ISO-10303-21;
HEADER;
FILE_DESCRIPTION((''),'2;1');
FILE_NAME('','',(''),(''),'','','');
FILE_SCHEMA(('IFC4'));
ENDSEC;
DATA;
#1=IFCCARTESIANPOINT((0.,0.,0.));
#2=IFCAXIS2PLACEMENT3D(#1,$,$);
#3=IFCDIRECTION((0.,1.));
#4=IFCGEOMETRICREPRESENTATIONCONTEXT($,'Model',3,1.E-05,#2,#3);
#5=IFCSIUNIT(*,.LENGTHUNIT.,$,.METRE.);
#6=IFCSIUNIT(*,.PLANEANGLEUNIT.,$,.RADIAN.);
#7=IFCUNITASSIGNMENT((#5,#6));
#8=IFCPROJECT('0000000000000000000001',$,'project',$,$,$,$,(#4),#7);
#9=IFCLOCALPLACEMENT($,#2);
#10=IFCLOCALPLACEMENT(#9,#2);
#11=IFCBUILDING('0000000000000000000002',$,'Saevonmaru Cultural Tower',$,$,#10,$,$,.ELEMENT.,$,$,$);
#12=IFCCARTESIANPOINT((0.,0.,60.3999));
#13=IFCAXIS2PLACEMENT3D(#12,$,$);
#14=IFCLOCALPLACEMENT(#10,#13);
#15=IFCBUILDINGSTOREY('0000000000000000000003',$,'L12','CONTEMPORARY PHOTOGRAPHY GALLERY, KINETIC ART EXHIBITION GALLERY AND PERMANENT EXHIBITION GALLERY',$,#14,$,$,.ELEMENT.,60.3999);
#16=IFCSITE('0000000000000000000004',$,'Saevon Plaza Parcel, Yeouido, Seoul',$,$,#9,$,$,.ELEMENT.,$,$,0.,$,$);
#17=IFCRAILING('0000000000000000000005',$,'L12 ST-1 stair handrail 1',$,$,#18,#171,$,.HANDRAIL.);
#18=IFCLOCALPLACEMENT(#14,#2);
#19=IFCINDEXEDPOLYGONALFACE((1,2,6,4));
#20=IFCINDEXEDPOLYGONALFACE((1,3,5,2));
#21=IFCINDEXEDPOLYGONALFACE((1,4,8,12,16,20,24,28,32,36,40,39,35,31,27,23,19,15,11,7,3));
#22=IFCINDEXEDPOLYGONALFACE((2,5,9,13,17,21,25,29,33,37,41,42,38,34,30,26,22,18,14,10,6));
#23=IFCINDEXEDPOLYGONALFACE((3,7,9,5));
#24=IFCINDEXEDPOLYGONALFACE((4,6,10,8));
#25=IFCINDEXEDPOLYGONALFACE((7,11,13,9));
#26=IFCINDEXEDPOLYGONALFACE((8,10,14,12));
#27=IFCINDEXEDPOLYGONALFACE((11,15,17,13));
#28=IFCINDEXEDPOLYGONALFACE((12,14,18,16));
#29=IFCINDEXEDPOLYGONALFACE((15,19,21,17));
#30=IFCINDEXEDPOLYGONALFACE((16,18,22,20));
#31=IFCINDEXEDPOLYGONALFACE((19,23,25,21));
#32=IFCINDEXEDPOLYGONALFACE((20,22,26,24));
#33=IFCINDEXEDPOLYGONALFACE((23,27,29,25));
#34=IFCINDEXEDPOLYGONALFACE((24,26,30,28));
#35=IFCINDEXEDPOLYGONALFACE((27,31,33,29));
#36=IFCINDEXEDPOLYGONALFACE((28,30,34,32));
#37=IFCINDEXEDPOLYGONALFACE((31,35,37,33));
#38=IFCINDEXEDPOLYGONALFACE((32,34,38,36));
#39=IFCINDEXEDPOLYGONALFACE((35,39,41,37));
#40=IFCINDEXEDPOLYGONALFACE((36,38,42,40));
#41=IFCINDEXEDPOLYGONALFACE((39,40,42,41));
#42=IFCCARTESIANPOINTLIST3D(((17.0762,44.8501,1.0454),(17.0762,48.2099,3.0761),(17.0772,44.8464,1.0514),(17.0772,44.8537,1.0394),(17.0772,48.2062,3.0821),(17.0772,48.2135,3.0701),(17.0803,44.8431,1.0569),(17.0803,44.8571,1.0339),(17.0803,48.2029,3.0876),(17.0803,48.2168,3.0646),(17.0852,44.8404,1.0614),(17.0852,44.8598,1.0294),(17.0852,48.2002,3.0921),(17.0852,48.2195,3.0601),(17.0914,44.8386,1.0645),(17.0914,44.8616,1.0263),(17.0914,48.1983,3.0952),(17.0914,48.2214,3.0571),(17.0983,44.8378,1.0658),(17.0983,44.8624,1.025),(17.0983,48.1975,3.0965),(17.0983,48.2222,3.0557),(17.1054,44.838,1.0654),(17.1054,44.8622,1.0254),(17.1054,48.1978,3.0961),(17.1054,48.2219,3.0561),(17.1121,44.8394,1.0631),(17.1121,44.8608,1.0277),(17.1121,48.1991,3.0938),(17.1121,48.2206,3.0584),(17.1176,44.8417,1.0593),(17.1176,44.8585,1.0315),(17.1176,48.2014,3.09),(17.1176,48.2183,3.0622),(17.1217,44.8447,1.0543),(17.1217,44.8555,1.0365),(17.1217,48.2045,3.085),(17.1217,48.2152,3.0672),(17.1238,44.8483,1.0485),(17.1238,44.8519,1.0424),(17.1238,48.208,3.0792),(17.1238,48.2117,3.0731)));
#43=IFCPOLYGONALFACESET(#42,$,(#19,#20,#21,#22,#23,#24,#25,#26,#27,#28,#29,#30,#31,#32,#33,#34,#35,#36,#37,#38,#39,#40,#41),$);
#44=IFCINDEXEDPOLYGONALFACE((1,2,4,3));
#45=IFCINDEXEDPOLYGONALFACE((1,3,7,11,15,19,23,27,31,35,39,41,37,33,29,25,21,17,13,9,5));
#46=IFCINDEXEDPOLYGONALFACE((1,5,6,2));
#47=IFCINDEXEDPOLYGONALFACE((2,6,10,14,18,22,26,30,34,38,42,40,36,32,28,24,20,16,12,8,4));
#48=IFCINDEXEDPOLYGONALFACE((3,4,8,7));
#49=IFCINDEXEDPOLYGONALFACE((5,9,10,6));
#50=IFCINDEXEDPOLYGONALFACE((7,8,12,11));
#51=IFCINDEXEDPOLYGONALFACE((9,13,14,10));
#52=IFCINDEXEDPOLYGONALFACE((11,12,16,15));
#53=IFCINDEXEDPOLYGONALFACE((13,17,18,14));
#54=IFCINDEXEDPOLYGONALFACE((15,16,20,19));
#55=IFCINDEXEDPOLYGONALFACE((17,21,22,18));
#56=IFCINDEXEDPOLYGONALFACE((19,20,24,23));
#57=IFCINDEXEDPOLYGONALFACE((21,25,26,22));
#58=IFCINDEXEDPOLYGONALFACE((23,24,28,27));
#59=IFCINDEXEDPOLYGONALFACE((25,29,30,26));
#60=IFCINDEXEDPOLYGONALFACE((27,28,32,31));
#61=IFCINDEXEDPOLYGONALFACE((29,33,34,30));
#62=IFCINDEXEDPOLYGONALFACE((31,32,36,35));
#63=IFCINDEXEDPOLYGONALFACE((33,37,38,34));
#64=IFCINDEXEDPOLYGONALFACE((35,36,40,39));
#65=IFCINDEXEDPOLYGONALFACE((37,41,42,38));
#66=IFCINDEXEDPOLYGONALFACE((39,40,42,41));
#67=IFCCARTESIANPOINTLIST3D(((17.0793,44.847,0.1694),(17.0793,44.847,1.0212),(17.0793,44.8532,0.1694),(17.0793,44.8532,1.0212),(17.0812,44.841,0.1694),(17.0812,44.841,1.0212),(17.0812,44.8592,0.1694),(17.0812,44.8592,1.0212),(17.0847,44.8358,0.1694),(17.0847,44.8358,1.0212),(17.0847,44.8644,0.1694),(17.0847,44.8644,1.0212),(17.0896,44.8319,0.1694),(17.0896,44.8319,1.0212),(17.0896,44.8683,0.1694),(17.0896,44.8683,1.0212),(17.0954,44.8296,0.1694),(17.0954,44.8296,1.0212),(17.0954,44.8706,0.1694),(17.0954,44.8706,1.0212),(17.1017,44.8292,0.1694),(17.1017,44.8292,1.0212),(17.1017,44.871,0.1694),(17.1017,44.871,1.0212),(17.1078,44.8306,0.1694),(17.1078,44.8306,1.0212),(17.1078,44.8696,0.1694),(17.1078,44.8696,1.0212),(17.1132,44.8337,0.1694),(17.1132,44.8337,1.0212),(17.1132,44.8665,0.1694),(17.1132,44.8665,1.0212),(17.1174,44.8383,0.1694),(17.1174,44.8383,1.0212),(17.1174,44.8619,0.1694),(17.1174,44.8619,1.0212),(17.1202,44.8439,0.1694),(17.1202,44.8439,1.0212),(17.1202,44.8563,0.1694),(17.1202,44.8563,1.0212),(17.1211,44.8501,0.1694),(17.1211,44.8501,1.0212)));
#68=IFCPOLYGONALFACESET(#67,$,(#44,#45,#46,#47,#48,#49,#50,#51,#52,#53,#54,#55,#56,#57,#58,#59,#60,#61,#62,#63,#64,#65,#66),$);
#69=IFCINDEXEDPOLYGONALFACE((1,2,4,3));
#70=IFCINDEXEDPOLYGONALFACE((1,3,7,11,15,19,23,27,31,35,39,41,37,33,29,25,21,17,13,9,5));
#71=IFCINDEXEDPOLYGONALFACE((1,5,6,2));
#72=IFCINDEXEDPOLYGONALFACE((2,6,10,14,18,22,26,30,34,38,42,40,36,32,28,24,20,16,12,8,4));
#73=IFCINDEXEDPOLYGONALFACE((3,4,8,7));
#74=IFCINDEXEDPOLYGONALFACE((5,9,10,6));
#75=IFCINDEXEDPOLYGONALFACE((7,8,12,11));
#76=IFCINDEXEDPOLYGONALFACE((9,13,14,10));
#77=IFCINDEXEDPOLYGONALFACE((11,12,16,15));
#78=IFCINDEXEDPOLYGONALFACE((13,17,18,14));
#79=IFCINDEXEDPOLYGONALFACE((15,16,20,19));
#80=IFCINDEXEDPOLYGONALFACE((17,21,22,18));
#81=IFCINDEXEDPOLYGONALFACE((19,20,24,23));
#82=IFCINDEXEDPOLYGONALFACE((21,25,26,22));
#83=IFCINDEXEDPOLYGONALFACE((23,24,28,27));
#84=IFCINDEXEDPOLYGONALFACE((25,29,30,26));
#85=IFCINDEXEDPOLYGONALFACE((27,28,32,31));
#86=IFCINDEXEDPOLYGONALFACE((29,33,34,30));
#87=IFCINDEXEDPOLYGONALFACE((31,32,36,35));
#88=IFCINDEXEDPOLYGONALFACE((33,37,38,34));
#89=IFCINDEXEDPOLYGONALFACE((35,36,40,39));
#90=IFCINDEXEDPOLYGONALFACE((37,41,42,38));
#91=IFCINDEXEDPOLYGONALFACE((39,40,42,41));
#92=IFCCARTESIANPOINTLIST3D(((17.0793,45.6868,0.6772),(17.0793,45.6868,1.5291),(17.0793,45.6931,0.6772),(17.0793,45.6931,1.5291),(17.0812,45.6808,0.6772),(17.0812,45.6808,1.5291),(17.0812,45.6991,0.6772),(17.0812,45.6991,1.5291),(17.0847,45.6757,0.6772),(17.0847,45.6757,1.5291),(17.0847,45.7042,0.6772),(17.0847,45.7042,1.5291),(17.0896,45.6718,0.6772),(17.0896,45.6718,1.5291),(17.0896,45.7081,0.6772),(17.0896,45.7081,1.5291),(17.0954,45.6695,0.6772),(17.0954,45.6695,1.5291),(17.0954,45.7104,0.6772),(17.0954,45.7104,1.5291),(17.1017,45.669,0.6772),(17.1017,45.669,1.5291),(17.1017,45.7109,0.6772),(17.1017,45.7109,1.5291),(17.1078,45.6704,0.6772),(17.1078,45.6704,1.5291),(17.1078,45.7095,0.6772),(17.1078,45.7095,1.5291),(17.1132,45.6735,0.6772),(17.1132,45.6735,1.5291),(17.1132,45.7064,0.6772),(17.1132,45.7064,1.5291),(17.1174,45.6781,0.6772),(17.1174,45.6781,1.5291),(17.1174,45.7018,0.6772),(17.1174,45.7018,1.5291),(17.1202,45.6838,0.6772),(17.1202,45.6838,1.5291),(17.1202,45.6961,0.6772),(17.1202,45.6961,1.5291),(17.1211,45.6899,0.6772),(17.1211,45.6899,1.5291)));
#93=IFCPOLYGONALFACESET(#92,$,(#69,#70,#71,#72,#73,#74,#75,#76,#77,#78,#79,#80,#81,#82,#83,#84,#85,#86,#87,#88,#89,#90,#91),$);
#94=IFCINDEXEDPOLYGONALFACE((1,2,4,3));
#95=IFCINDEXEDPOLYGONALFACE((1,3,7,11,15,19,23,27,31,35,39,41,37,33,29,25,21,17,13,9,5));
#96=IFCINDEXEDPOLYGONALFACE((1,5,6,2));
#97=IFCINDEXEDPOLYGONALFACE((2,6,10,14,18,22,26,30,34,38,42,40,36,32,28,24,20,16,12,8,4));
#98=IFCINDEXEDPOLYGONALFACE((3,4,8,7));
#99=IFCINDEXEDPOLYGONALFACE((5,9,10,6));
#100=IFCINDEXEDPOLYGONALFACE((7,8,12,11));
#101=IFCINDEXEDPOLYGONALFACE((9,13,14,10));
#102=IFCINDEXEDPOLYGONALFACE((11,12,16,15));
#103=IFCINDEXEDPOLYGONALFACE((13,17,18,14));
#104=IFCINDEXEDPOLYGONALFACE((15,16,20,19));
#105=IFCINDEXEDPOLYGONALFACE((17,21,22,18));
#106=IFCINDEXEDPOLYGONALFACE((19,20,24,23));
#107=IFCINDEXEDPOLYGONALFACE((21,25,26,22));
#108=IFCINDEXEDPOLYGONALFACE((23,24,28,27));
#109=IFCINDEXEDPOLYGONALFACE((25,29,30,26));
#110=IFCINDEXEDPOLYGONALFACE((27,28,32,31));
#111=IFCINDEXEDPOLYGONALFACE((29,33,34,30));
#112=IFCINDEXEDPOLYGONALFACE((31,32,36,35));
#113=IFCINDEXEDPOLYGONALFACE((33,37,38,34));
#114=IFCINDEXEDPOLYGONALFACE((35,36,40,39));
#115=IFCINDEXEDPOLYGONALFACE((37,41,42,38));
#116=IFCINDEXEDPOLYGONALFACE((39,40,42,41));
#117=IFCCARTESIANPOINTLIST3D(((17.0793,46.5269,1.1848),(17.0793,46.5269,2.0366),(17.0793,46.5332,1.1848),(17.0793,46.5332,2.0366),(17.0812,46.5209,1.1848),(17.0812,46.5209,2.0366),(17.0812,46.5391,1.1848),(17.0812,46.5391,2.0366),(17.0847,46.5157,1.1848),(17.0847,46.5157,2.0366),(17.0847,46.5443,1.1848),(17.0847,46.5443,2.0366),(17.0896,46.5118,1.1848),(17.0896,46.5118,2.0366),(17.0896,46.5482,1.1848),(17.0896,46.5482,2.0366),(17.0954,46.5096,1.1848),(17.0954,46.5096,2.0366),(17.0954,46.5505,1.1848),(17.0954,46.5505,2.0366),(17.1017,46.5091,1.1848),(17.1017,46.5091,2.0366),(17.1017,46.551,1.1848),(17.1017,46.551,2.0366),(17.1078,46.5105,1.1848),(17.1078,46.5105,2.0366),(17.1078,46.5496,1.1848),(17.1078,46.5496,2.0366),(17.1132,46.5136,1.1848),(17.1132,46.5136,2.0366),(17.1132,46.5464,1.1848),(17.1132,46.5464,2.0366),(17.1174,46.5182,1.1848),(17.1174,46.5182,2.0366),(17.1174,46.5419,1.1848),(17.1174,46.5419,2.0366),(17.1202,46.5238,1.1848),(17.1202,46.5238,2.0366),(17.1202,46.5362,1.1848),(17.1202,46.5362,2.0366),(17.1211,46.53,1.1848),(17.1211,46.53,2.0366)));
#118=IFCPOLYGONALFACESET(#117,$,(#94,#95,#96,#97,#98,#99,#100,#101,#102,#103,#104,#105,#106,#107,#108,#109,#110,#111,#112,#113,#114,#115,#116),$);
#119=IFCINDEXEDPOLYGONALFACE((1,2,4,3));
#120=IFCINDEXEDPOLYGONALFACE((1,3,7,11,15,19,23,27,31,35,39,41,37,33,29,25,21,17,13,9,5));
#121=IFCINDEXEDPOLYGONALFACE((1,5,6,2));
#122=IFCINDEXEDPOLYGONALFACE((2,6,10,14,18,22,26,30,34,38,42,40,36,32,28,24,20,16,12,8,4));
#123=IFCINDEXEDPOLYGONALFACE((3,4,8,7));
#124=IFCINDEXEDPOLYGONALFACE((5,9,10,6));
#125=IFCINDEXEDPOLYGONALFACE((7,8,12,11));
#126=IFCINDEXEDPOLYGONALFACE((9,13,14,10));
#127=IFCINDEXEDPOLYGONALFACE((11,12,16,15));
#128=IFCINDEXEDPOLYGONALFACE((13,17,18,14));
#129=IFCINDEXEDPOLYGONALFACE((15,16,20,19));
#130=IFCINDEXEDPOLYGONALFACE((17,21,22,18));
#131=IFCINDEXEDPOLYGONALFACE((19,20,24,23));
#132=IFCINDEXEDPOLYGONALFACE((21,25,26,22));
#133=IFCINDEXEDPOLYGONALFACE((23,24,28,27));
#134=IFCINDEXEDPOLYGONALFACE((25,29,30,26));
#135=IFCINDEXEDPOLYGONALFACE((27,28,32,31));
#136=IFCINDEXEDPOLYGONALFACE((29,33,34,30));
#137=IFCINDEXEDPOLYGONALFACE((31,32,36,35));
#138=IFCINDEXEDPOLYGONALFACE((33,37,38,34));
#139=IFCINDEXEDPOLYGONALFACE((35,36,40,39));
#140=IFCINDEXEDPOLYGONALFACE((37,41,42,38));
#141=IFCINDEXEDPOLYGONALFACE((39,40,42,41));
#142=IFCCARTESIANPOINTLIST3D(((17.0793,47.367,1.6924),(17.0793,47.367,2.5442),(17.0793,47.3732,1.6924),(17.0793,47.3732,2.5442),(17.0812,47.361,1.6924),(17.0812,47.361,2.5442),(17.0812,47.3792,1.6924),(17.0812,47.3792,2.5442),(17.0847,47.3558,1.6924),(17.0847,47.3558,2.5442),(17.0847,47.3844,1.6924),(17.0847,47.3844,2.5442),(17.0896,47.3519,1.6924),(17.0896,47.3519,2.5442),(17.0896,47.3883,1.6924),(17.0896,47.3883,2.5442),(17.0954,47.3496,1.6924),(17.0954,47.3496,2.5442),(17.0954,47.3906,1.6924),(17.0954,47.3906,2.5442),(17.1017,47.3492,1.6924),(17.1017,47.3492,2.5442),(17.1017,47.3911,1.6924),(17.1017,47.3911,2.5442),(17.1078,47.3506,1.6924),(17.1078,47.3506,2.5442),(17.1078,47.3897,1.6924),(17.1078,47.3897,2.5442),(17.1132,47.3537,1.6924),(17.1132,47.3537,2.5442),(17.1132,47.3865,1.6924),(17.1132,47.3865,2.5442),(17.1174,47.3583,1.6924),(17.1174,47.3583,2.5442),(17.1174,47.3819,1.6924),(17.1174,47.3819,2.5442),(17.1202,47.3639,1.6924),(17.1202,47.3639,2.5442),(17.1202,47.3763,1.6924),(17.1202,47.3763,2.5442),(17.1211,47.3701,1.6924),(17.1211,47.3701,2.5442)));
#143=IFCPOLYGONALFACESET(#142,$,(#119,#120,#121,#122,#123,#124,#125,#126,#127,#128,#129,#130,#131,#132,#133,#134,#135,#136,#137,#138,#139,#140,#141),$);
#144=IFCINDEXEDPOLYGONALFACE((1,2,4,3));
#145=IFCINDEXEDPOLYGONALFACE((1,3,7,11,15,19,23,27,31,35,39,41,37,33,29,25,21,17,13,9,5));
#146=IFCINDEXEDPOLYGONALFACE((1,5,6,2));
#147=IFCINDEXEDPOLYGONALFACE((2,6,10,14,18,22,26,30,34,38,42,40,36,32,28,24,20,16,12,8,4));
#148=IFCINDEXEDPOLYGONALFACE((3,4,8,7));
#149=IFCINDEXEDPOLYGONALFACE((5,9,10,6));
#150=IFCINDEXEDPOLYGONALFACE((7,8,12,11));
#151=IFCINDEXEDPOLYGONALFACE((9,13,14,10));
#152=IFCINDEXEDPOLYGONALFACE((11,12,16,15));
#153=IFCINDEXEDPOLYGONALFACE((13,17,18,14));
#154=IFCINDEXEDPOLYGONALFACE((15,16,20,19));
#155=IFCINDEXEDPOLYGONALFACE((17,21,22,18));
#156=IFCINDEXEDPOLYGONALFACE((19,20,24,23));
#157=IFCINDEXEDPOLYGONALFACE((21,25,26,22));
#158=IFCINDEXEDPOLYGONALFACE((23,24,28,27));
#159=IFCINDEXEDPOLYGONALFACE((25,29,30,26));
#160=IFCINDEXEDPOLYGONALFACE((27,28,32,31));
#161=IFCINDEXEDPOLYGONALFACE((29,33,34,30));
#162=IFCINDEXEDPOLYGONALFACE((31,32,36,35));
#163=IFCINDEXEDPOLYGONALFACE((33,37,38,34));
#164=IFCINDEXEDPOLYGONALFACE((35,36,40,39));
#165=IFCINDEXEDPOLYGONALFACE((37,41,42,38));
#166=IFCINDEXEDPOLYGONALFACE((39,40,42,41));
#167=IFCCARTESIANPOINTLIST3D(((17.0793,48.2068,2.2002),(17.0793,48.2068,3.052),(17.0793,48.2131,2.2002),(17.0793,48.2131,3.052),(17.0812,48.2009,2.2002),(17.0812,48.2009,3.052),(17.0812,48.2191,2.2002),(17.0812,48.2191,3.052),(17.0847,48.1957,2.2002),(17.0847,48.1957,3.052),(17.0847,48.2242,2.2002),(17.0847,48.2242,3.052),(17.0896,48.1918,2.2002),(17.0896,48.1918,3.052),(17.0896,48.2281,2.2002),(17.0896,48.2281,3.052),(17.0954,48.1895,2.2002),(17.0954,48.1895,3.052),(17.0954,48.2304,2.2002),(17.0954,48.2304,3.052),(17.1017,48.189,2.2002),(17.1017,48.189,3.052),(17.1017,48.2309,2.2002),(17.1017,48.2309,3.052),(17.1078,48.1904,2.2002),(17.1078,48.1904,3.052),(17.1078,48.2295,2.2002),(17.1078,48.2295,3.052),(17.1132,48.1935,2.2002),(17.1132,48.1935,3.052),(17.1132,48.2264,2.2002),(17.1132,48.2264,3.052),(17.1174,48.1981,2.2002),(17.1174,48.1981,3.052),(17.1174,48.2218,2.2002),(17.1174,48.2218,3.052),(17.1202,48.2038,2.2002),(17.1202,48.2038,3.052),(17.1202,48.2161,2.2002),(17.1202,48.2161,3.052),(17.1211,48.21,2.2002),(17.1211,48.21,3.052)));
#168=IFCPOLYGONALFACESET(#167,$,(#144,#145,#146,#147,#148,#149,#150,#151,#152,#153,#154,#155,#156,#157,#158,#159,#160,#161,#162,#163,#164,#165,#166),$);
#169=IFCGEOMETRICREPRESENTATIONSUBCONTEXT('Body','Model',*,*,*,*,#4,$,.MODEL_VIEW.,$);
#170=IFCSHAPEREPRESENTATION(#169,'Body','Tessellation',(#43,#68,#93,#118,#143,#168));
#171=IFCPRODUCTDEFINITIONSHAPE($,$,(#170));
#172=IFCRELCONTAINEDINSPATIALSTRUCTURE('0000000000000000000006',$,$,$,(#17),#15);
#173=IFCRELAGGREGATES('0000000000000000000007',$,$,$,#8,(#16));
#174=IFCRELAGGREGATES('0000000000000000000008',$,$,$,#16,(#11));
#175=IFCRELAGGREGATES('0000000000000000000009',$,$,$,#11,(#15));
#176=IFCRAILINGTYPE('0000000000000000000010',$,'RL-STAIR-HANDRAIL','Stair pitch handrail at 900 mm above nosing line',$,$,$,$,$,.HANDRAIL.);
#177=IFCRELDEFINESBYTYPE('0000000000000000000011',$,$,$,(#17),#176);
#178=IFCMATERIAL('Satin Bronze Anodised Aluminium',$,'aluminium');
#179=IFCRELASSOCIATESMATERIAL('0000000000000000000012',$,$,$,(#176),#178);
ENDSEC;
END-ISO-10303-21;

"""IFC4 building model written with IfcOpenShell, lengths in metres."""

from ifc_helpers import new_model, si_unit, direction, frame, origin, origin_2d, place, context, subcontext, project, spatial, circle, extrude, material, type_object, element, save


model = new_model("IFC4")

# Units and contexts
model_context = context("Model", 3, precision=1e-05, world=origin(), true_north=direction((0.0, 1.0)))
body_context = subcontext(model_context, "Body", "Model", "MODEL_VIEW")
ifc_project = project(units=[si_unit("LENGTHUNIT", "METRE"), si_unit("PLANEANGLEUNIT", "RADIAN")], contexts=[model_context])

# Site, building, storey
site_placement = place(None, origin())
site = spatial("IfcSite", under=ifc_project, at=site_placement, Name="Saevon Plaza Parcel, Yeouido, Seoul", CompositionType="ELEMENT", RefElevation=0.0)
building_placement = place(site_placement, origin())
building = spatial("IfcBuilding", under=site, at=building_placement, Name="Saevonmaru Cultural Tower", CompositionType="ELEMENT")
storey_placement = place(building_placement, frame((0.0, 0.0, 60.3999)))
storey = spatial("IfcBuildingStorey", under=building, at=storey_placement, Name="L12", Description="CONTEMPORARY PHOTOGRAPHY GALLERY, KINETIC ART EXHIBITION GALLERY AND PERMANENT EXHIBITION GALLERY", CompositionType="ELEMENT", Elevation=60.3999)

# Shared definitions
ifc_material_1 = material(Name="Satin Bronze Anodised Aluminium", Category="aluminium")

# Railing
railing_type_1 = type_object("IfcRailingType", Name="RL-STAIR-HANDRAIL", Description="Stair pitch handrail at 900 mm above nosing line", PredefinedType="HANDRAIL", material=ifc_material_1)
railing_1_placement = place(storey_placement, frame((17.1001, 44.8501, 0.1694)))
element("IfcRailing", 1, at=railing_1_placement, inside=storey, type_object=railing_type_1, Name="L12 ST-1 stair handrail 1", PredefinedType="HANDRAIL", context=body_context, shape_type="SweptSolid", body=[
    extrude(circle(Radius=0.0239, at=origin_2d()), frame((0.0, 0.0, 0.876), z_axis=(0.0, 0.85582, 0.517273), x_axis=(-1.0, 0.0, 0.0)), (0.0, 0.0, 1.0), 3.9258),
    extrude(circle(Radius=0.021, at=origin_2d()), origin(), (0.0, 0.0, 1.0), 0.8518),
    extrude(circle(Radius=0.021, at=origin_2d()), frame((0.0, 0.8398, 0.5078)), (0.0, 0.0, 1.0), 0.8518),
    extrude(circle(Radius=0.021, at=origin_2d()), frame((0.0, 1.6799, 1.0154)), (0.0, 0.0, 1.0), 0.8518),
    extrude(circle(Radius=0.021, at=origin_2d()), frame((0.0, 2.52, 1.5229)), (0.0, 0.0, 1.0), 0.8518),
    extrude(circle(Radius=0.021, at=origin_2d()), frame((0.0, 3.3599, 2.0308)), (0.0, 0.0, 1.0), 0.8518),
])

save(model, "model.ifc")
